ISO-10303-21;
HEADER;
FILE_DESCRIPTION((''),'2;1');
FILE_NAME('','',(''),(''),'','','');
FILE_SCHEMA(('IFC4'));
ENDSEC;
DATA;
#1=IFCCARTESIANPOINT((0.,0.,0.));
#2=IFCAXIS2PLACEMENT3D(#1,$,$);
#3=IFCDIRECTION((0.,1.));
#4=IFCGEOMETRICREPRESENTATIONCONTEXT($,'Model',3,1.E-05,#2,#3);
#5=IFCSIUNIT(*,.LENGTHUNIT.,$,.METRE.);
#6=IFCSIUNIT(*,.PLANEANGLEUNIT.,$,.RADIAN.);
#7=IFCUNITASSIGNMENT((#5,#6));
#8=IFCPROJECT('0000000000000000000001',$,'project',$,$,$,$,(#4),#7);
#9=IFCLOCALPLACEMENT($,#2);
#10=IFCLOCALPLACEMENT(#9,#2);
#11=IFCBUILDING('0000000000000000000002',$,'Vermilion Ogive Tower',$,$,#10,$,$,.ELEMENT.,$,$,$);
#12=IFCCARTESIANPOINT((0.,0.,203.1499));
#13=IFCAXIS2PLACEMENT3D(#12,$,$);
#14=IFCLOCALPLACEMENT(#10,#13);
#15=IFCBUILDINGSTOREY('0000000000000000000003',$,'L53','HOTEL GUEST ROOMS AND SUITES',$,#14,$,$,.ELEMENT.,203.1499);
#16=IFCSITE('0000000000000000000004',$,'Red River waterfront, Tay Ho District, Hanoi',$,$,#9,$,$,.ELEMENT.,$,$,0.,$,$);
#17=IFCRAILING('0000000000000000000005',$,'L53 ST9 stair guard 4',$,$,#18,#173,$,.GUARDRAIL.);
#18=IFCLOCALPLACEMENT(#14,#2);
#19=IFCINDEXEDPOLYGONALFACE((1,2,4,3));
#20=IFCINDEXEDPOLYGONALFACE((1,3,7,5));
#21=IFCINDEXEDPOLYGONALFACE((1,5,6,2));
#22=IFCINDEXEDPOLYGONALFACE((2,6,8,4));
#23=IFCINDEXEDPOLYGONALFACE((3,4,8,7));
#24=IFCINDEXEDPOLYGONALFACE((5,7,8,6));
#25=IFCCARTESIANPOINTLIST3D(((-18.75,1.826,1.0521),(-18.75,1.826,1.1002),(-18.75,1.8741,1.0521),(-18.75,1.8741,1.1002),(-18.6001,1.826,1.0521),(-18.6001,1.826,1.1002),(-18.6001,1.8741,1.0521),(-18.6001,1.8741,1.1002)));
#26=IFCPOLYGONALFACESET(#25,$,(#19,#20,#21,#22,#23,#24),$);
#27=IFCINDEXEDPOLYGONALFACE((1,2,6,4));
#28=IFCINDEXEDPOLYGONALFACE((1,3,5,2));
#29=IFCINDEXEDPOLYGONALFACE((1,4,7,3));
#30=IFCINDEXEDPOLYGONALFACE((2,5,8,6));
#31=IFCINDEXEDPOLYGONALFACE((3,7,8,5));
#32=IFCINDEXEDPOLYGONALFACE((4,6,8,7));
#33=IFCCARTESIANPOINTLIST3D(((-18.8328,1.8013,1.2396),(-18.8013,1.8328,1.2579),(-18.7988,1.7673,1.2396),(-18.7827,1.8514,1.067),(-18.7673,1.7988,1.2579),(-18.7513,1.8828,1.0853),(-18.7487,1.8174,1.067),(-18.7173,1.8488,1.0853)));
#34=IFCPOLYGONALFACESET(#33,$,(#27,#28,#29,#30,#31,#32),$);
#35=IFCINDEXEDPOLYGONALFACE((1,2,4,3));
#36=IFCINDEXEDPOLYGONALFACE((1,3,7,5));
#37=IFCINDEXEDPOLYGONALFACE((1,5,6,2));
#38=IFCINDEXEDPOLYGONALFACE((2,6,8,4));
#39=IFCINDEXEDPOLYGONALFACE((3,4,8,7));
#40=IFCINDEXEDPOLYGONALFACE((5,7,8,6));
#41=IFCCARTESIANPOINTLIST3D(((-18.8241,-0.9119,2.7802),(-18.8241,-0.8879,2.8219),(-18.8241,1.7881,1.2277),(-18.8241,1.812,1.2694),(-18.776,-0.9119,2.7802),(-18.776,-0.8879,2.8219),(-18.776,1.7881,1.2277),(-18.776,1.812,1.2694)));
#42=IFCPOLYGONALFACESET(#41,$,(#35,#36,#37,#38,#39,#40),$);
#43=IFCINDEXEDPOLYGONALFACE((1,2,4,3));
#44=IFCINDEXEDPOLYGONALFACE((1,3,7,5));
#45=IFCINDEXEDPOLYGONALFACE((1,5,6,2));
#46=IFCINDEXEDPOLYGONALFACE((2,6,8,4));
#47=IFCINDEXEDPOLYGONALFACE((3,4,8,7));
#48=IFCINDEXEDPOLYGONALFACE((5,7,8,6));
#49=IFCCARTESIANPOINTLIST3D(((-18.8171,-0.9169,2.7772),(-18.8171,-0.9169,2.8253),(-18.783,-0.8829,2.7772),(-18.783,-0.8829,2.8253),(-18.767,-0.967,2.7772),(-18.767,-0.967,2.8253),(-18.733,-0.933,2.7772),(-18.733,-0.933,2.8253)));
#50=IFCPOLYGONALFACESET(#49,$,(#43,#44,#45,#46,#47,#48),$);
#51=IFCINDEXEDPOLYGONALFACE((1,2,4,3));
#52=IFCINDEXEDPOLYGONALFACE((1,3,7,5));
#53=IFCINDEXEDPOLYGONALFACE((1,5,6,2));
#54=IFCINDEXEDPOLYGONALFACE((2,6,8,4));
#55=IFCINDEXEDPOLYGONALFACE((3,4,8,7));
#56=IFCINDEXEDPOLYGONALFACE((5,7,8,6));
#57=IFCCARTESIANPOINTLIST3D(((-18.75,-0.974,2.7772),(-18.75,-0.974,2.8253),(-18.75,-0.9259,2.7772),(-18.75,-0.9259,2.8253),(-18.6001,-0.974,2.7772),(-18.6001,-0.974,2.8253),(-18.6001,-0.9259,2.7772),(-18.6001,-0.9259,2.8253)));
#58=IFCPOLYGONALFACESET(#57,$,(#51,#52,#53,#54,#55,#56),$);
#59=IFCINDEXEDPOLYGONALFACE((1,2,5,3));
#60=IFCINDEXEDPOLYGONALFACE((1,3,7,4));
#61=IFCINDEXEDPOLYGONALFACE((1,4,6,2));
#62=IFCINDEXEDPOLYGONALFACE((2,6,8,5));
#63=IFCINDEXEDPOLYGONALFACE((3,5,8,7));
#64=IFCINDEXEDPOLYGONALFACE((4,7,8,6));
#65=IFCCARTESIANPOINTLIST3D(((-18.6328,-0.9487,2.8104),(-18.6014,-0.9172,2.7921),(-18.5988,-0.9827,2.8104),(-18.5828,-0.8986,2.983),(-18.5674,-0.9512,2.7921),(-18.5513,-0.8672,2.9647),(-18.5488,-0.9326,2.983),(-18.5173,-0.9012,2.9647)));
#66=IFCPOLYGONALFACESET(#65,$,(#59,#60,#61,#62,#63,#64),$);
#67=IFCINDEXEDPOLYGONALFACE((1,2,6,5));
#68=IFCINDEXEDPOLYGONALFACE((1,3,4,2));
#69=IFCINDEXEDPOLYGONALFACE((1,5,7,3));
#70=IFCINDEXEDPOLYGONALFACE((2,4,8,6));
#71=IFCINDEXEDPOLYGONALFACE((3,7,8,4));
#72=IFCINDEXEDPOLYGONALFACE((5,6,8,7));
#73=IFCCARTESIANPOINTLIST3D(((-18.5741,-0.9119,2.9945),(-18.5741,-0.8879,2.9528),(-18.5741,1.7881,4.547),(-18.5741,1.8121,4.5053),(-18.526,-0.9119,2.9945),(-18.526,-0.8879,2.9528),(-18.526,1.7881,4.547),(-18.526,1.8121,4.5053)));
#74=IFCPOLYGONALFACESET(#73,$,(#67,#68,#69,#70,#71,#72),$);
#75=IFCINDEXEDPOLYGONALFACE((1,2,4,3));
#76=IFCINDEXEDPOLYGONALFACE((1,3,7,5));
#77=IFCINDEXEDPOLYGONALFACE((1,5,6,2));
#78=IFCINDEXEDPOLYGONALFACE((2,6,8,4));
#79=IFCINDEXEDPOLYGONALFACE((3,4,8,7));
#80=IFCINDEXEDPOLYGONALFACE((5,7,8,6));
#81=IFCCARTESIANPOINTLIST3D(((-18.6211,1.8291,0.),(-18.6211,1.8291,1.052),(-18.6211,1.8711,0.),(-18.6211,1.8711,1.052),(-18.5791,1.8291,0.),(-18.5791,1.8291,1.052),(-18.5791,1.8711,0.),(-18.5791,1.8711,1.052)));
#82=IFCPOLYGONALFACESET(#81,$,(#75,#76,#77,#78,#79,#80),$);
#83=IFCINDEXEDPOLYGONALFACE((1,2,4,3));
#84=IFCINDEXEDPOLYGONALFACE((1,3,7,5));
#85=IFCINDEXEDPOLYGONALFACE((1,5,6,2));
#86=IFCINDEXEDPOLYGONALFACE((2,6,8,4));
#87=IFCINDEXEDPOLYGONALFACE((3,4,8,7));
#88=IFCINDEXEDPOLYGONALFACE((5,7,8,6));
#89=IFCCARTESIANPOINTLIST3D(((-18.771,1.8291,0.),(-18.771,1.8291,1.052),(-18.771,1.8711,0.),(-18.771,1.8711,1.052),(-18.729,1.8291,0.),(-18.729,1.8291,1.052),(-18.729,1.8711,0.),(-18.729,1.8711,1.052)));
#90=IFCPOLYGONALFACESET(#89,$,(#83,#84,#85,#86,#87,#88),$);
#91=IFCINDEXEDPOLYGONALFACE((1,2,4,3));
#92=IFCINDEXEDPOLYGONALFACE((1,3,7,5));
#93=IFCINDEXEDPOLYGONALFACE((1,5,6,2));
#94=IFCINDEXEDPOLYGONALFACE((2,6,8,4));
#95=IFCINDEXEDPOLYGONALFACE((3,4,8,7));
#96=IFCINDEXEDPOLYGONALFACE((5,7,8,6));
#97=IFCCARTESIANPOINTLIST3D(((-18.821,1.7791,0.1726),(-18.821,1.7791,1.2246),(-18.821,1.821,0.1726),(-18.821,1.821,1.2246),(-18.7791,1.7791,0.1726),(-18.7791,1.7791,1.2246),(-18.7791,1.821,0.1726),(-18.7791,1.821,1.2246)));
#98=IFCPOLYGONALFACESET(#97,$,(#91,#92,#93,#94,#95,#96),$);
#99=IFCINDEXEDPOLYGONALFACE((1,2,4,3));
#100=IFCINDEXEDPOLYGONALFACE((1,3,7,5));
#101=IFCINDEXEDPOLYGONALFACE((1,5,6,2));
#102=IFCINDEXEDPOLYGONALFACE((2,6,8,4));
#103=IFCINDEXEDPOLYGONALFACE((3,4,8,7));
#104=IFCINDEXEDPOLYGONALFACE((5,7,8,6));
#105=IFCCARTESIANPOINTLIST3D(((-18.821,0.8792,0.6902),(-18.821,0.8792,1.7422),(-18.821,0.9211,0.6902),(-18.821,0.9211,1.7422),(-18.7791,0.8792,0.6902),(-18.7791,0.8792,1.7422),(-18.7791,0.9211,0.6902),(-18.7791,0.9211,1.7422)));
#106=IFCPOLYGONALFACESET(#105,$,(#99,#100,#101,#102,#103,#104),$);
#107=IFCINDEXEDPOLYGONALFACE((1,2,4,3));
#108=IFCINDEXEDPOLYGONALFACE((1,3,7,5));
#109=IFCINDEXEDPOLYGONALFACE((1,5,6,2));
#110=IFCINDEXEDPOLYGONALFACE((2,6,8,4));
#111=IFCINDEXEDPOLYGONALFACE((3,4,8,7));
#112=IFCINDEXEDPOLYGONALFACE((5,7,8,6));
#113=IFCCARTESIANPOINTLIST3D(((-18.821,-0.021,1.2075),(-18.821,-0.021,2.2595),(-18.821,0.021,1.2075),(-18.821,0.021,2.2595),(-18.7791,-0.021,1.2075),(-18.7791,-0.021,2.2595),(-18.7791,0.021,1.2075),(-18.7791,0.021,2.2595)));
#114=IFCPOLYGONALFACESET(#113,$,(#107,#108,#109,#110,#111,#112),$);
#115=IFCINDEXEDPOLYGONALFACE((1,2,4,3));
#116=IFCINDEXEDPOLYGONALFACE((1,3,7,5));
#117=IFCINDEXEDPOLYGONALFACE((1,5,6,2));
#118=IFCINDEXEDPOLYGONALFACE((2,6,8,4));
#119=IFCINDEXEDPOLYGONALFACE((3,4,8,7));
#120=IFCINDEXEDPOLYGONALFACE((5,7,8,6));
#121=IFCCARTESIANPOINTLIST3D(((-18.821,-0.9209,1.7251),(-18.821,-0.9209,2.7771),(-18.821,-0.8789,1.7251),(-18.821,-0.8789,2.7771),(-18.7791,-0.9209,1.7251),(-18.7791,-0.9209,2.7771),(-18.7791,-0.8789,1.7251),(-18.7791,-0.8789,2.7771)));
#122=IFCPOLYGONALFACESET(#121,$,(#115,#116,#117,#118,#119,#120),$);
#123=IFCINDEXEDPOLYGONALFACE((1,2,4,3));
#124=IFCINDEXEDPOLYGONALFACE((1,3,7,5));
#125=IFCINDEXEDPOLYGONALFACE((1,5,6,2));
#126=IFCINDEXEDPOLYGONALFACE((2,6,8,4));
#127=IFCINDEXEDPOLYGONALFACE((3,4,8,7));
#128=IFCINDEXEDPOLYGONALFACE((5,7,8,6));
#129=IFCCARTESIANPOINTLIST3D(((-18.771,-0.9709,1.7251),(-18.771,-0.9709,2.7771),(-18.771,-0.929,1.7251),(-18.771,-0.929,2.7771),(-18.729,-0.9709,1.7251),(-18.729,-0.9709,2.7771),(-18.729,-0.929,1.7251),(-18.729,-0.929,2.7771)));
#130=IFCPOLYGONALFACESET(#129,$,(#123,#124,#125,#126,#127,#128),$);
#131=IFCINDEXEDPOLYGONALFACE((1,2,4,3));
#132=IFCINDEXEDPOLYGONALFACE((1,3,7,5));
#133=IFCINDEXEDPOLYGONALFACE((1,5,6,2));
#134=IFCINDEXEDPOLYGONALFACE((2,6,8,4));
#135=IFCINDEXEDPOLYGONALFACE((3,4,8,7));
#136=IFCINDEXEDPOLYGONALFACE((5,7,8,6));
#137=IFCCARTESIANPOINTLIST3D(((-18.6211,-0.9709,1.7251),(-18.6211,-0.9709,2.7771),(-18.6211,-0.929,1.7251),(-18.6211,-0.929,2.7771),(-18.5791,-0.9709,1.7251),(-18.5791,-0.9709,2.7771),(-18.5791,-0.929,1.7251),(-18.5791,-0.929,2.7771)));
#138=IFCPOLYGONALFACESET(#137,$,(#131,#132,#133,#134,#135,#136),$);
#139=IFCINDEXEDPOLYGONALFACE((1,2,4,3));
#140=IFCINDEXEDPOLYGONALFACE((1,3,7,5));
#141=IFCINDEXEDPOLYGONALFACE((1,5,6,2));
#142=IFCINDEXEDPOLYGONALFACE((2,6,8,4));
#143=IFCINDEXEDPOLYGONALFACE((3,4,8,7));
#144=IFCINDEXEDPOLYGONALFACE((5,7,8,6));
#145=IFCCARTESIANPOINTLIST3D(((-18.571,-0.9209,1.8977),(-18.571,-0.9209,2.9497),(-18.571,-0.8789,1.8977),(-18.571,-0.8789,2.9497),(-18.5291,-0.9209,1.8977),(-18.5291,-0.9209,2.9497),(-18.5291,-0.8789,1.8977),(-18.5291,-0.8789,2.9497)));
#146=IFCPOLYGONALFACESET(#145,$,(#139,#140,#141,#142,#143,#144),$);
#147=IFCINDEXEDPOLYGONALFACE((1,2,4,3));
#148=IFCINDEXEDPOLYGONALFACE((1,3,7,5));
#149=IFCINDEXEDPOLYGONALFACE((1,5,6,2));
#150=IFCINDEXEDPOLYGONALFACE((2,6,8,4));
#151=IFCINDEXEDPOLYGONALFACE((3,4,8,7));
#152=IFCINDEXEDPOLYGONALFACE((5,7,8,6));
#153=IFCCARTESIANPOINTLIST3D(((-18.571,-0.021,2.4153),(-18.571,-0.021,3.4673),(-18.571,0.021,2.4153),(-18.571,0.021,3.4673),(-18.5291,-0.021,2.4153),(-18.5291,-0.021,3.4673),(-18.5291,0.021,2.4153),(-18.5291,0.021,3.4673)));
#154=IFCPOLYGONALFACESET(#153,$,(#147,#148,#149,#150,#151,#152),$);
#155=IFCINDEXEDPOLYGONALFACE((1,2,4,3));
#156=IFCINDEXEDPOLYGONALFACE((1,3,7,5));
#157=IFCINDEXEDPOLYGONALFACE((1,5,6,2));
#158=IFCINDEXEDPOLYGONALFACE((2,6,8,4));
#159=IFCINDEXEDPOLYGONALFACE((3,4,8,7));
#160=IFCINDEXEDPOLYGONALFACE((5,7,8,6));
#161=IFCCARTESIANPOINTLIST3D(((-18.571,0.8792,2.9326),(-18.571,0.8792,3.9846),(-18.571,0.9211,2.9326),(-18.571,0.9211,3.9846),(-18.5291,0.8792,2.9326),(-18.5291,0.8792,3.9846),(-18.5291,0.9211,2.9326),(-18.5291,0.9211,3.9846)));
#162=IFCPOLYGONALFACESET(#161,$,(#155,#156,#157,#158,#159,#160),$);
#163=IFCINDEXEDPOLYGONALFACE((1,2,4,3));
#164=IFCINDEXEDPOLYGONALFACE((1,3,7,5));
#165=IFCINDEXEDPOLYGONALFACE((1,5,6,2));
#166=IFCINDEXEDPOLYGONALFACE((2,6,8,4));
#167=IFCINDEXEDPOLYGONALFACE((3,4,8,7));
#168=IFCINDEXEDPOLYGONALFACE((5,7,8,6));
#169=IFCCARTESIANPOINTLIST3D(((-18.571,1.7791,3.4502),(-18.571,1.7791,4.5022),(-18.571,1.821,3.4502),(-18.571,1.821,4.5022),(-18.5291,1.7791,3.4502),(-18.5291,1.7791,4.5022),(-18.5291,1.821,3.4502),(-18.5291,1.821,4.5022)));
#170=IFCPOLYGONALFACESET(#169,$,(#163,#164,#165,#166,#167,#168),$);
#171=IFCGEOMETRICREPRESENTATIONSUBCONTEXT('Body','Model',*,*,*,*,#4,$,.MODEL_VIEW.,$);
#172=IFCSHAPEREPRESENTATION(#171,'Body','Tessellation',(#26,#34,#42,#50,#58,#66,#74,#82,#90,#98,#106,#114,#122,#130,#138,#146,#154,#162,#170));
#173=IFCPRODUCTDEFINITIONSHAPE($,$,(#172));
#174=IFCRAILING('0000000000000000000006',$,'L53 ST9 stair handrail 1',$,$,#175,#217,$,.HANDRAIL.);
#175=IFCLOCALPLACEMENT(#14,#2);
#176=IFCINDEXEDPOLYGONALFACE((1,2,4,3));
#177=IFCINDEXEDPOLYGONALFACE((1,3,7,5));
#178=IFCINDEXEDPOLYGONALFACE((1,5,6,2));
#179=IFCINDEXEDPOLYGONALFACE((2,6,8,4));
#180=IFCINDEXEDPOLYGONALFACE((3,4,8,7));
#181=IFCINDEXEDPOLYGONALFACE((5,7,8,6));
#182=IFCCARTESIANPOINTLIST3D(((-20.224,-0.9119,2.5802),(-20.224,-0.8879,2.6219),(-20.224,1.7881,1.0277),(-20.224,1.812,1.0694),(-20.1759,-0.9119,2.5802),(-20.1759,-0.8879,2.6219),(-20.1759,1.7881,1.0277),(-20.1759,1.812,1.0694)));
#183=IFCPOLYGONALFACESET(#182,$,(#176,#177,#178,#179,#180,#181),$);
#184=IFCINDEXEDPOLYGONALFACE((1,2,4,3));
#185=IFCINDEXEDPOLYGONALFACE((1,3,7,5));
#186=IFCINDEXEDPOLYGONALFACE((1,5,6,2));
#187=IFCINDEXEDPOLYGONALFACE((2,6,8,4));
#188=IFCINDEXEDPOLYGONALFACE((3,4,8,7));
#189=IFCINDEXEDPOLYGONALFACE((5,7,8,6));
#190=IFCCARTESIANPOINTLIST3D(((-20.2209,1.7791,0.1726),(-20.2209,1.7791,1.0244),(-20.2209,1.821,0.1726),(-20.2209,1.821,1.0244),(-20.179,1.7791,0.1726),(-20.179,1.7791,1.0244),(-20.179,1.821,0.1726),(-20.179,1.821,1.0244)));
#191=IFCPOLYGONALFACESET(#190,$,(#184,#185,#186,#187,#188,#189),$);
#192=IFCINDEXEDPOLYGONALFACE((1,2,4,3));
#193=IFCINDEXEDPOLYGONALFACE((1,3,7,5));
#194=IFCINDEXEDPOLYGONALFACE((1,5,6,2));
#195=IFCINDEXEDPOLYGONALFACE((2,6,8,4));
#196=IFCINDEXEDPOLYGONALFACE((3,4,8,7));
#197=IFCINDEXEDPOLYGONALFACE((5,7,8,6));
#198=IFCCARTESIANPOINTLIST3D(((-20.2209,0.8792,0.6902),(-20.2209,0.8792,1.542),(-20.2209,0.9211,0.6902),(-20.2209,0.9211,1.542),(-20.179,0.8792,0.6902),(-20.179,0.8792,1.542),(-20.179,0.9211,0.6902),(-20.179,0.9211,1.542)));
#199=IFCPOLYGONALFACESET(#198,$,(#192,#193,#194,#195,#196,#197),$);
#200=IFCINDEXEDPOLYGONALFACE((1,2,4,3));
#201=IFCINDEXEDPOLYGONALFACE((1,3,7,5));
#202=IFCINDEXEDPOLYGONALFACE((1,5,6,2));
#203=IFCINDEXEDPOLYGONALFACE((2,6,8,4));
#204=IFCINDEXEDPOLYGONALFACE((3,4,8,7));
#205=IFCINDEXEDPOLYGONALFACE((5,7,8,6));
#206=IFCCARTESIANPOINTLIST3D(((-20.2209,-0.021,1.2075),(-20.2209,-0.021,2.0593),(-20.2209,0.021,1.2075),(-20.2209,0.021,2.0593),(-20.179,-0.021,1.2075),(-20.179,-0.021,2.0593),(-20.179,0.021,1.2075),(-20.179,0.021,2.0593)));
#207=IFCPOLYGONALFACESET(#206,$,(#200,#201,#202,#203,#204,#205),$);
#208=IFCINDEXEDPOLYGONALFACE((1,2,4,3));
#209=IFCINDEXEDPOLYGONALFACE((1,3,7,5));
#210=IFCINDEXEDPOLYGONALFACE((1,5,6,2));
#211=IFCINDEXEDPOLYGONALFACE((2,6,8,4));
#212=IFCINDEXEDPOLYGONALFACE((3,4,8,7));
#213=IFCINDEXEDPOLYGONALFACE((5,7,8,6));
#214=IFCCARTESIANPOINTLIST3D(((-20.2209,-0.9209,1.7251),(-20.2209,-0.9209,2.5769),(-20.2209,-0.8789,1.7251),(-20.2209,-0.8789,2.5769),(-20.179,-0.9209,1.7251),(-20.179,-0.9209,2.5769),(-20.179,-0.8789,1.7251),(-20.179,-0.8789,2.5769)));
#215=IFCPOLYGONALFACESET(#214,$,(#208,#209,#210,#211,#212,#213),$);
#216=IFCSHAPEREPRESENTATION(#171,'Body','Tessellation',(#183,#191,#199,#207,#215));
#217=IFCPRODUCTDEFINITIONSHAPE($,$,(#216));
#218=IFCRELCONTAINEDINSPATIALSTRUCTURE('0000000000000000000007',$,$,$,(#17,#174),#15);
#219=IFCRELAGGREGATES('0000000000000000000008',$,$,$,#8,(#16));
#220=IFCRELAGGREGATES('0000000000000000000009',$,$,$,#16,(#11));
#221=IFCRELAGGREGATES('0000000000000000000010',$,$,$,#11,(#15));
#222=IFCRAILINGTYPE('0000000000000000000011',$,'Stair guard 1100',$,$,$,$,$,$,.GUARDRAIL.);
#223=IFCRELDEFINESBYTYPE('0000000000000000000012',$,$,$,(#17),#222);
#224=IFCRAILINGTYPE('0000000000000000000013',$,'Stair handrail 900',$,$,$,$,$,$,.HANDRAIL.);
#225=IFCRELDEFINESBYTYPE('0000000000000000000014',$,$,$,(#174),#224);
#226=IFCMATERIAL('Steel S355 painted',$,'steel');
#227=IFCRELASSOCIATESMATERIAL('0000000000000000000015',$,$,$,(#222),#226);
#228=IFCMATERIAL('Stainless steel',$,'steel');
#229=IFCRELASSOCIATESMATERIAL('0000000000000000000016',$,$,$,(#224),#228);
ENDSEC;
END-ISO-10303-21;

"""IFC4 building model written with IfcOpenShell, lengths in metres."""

from ifc_helpers import new_model, si_unit, direction, frame, origin, origin_2d, place, context, subcontext, project, spatial, rectangle, extrude, material, type_object, element, save


model = new_model("IFC4")

# Units and contexts
model_context = context("Model", 3, precision=1e-05, world=origin(), true_north=direction((0.0, 1.0)))
body_context = subcontext(model_context, "Body", "Model", "MODEL_VIEW")
ifc_project = project(units=[si_unit("LENGTHUNIT", "METRE"), si_unit("PLANEANGLEUNIT", "RADIAN")], contexts=[model_context])

# Site, building, storey
site_placement = place(None, origin())
site = spatial("IfcSite", under=ifc_project, at=site_placement, Name="Red River waterfront, Tay Ho District, Hanoi", CompositionType="ELEMENT", RefElevation=0.0)
building_placement = place(site_placement, origin())
building = spatial("IfcBuilding", under=site, at=building_placement, Name="Vermilion Ogive Tower", CompositionType="ELEMENT")
storey_placement = place(building_placement, frame((0.0, 0.0, 203.1499)))
storey = spatial("IfcBuildingStorey", under=building, at=storey_placement, Name="L53", Description="HOTEL GUEST ROOMS AND SUITES", CompositionType="ELEMENT", Elevation=203.1499)

# Railings
ifc_material_1 = material(Name="Steel S355 painted", Category="steel")
railing_type_1 = type_object("IfcRailingType", Name="Stair guard 1100", PredefinedType="GUARDRAIL", material=ifc_material_1)
railing_1_placement = place(storey_placement, frame((-18.6001, 1.8501, 0.0)))
element("IfcRailing", 1, at=railing_1_placement, inside=storey, type_object=railing_type_1, Name="L53 ST9 stair guard 4", PredefinedType="GUARDRAIL", context=body_context, shape_type="SweptSolid", body=[
    extrude(rectangle(XDim=0.0481, YDim=0.0481, at=origin_2d()), frame((0.0, 0.0, 1.0762), z_axis=(-1.0, 0.0, 0.0), x_axis=(0.0, -1.0, 0.0)), (0.0, 0.0, 1.0), 0.1499),
    extrude(rectangle(XDim=0.0481, YDim=0.0481, at=origin_2d()), frame((-0.1499, 0.0, 1.0762), z_axis=(-0.268278, -0.268278, 0.925232), x_axis=(0.707107, -0.707107, 0.0)), (0.0, 0.0, 1.0), 0.1865),
    extrude(rectangle(XDim=0.0481, YDim=0.0481, at=origin_2d()), frame((-0.2, -0.05, 1.2485), z_axis=(0.0, -0.866904, 0.498476), x_axis=(1.0, 0.0, 0.0)), (0.0, 0.0, 1.0), 3.1145),
    extrude(rectangle(XDim=0.0481, YDim=0.0481, at=origin_2d()), frame((-0.2, -2.75, 2.8013), z_axis=(0.707107, -0.707107, 0.0), x_axis=(0.707107, 0.707107, 0.0)), (0.0, 0.0, 1.0), 0.0708),
    extrude(rectangle(XDim=0.0481, YDim=0.0481, at=origin_2d()), frame((-0.1499, -2.8, 2.8013), z_axis=(1.0, 0.0, 0.0), x_axis=(0.0, 1.0, 0.0)), (0.0, 0.0, 1.0), 0.1499),
    extrude(rectangle(XDim=0.0481, YDim=0.0481, at=origin_2d()), frame((0.0, -2.8, 2.8013), z_axis=(0.268278, 0.268278, 0.925232), x_axis=(-0.707107, 0.707107, 0.0)), (0.0, 0.0, 1.0), 0.1865),
    extrude(rectangle(XDim=0.0481, YDim=0.0481, at=origin_2d()), frame((0.05, -2.75, 2.9736), z_axis=(0.0, 0.866904, 0.498476), x_axis=(-1.0, 0.0, 0.0)), (0.0, 0.0, 1.0), 3.1145),
    extrude(rectangle(XDim=0.042, YDim=0.042, at=origin_2d()), origin(), (0.0, 0.0, 1.0), 1.052),
    extrude(rectangle(XDim=0.042, YDim=0.042, at=origin_2d()), frame((-0.1499, 0.0, 0.0)), (0.0, 0.0, 1.0), 1.052),
    extrude(rectangle(XDim=0.042, YDim=0.042, at=origin_2d()), frame((-0.2, -0.05, 0.1726)), (0.0, 0.0, 1.0), 1.052),
    extrude(rectangle(XDim=0.042, YDim=0.042, at=origin_2d()), frame((-0.2, -0.95, 0.6902)), (0.0, 0.0, 1.0), 1.052),
    extrude(rectangle(XDim=0.042, YDim=0.042, at=origin_2d()), frame((-0.2, -1.8501, 1.2075)), (0.0, 0.0, 1.0), 1.052),
    extrude(rectangle(XDim=0.042, YDim=0.042, at=origin_2d()), frame((-0.2, -2.75, 1.7251)), (0.0, 0.0, 1.0), 1.052),
    extrude(rectangle(XDim=0.042, YDim=0.042, at=origin_2d()), frame((-0.1499, -2.8, 1.7251)), (0.0, 0.0, 1.0), 1.052),
    extrude(rectangle(XDim=0.042, YDim=0.042, at=origin_2d()), frame((0.0, -2.8, 1.7251)), (0.0, 0.0, 1.0), 1.052),
    extrude(rectangle(XDim=0.042, YDim=0.042, at=origin_2d()), frame((0.05, -2.75, 1.8977)), (0.0, 0.0, 1.0), 1.052),
    extrude(rectangle(XDim=0.042, YDim=0.042, at=origin_2d()), frame((0.05, -1.8501, 2.4153)), (0.0, 0.0, 1.0), 1.052),
    extrude(rectangle(XDim=0.042, YDim=0.042, at=origin_2d()), frame((0.05, -0.95, 2.9326)), (0.0, 0.0, 1.0), 1.052),
    extrude(rectangle(XDim=0.042, YDim=0.042, at=origin_2d()), frame((0.05, -0.05, 3.4502)), (0.0, 0.0, 1.0), 1.052),
])
ifc_material_2 = material(Name="Stainless steel", Category="steel")
railing_type_2 = type_object("IfcRailingType", Name="Stair handrail 900", PredefinedType="HANDRAIL", material=ifc_material_2)
railing_2_placement = place(storey_placement, frame((-20.2, 1.8, 0.1726)))
element("IfcRailing", 2, at=railing_2_placement, inside=storey, type_object=railing_type_2, Name="L53 ST9 stair handrail 1", PredefinedType="HANDRAIL", context=body_context, shape_type="SweptSolid", body=[
    extrude(rectangle(XDim=0.0481, YDim=0.0481, at=origin_2d()), frame((0.0, 0.0, 0.876), z_axis=(0.0, -0.866904, 0.498476), x_axis=(1.0, 0.0, 0.0)), (0.0, 0.0, 1.0), 3.1145),
    extrude(rectangle(XDim=0.042, YDim=0.042, at=origin_2d()), origin(), (0.0, 0.0, 1.0), 0.8518),
    extrude(rectangle(XDim=0.042, YDim=0.042, at=origin_2d()), frame((0.0, -0.8999, 0.5176)), (0.0, 0.0, 1.0), 0.8518),
    extrude(rectangle(XDim=0.042, YDim=0.042, at=origin_2d()), frame((0.0, -1.8, 1.0349)), (0.0, 0.0, 1.0), 0.8518),
    extrude(rectangle(XDim=0.042, YDim=0.042, at=origin_2d()), frame((0.0, -2.7, 1.5525)), (0.0, 0.0, 1.0), 0.8518),
])

save(model, "model.ifc")
